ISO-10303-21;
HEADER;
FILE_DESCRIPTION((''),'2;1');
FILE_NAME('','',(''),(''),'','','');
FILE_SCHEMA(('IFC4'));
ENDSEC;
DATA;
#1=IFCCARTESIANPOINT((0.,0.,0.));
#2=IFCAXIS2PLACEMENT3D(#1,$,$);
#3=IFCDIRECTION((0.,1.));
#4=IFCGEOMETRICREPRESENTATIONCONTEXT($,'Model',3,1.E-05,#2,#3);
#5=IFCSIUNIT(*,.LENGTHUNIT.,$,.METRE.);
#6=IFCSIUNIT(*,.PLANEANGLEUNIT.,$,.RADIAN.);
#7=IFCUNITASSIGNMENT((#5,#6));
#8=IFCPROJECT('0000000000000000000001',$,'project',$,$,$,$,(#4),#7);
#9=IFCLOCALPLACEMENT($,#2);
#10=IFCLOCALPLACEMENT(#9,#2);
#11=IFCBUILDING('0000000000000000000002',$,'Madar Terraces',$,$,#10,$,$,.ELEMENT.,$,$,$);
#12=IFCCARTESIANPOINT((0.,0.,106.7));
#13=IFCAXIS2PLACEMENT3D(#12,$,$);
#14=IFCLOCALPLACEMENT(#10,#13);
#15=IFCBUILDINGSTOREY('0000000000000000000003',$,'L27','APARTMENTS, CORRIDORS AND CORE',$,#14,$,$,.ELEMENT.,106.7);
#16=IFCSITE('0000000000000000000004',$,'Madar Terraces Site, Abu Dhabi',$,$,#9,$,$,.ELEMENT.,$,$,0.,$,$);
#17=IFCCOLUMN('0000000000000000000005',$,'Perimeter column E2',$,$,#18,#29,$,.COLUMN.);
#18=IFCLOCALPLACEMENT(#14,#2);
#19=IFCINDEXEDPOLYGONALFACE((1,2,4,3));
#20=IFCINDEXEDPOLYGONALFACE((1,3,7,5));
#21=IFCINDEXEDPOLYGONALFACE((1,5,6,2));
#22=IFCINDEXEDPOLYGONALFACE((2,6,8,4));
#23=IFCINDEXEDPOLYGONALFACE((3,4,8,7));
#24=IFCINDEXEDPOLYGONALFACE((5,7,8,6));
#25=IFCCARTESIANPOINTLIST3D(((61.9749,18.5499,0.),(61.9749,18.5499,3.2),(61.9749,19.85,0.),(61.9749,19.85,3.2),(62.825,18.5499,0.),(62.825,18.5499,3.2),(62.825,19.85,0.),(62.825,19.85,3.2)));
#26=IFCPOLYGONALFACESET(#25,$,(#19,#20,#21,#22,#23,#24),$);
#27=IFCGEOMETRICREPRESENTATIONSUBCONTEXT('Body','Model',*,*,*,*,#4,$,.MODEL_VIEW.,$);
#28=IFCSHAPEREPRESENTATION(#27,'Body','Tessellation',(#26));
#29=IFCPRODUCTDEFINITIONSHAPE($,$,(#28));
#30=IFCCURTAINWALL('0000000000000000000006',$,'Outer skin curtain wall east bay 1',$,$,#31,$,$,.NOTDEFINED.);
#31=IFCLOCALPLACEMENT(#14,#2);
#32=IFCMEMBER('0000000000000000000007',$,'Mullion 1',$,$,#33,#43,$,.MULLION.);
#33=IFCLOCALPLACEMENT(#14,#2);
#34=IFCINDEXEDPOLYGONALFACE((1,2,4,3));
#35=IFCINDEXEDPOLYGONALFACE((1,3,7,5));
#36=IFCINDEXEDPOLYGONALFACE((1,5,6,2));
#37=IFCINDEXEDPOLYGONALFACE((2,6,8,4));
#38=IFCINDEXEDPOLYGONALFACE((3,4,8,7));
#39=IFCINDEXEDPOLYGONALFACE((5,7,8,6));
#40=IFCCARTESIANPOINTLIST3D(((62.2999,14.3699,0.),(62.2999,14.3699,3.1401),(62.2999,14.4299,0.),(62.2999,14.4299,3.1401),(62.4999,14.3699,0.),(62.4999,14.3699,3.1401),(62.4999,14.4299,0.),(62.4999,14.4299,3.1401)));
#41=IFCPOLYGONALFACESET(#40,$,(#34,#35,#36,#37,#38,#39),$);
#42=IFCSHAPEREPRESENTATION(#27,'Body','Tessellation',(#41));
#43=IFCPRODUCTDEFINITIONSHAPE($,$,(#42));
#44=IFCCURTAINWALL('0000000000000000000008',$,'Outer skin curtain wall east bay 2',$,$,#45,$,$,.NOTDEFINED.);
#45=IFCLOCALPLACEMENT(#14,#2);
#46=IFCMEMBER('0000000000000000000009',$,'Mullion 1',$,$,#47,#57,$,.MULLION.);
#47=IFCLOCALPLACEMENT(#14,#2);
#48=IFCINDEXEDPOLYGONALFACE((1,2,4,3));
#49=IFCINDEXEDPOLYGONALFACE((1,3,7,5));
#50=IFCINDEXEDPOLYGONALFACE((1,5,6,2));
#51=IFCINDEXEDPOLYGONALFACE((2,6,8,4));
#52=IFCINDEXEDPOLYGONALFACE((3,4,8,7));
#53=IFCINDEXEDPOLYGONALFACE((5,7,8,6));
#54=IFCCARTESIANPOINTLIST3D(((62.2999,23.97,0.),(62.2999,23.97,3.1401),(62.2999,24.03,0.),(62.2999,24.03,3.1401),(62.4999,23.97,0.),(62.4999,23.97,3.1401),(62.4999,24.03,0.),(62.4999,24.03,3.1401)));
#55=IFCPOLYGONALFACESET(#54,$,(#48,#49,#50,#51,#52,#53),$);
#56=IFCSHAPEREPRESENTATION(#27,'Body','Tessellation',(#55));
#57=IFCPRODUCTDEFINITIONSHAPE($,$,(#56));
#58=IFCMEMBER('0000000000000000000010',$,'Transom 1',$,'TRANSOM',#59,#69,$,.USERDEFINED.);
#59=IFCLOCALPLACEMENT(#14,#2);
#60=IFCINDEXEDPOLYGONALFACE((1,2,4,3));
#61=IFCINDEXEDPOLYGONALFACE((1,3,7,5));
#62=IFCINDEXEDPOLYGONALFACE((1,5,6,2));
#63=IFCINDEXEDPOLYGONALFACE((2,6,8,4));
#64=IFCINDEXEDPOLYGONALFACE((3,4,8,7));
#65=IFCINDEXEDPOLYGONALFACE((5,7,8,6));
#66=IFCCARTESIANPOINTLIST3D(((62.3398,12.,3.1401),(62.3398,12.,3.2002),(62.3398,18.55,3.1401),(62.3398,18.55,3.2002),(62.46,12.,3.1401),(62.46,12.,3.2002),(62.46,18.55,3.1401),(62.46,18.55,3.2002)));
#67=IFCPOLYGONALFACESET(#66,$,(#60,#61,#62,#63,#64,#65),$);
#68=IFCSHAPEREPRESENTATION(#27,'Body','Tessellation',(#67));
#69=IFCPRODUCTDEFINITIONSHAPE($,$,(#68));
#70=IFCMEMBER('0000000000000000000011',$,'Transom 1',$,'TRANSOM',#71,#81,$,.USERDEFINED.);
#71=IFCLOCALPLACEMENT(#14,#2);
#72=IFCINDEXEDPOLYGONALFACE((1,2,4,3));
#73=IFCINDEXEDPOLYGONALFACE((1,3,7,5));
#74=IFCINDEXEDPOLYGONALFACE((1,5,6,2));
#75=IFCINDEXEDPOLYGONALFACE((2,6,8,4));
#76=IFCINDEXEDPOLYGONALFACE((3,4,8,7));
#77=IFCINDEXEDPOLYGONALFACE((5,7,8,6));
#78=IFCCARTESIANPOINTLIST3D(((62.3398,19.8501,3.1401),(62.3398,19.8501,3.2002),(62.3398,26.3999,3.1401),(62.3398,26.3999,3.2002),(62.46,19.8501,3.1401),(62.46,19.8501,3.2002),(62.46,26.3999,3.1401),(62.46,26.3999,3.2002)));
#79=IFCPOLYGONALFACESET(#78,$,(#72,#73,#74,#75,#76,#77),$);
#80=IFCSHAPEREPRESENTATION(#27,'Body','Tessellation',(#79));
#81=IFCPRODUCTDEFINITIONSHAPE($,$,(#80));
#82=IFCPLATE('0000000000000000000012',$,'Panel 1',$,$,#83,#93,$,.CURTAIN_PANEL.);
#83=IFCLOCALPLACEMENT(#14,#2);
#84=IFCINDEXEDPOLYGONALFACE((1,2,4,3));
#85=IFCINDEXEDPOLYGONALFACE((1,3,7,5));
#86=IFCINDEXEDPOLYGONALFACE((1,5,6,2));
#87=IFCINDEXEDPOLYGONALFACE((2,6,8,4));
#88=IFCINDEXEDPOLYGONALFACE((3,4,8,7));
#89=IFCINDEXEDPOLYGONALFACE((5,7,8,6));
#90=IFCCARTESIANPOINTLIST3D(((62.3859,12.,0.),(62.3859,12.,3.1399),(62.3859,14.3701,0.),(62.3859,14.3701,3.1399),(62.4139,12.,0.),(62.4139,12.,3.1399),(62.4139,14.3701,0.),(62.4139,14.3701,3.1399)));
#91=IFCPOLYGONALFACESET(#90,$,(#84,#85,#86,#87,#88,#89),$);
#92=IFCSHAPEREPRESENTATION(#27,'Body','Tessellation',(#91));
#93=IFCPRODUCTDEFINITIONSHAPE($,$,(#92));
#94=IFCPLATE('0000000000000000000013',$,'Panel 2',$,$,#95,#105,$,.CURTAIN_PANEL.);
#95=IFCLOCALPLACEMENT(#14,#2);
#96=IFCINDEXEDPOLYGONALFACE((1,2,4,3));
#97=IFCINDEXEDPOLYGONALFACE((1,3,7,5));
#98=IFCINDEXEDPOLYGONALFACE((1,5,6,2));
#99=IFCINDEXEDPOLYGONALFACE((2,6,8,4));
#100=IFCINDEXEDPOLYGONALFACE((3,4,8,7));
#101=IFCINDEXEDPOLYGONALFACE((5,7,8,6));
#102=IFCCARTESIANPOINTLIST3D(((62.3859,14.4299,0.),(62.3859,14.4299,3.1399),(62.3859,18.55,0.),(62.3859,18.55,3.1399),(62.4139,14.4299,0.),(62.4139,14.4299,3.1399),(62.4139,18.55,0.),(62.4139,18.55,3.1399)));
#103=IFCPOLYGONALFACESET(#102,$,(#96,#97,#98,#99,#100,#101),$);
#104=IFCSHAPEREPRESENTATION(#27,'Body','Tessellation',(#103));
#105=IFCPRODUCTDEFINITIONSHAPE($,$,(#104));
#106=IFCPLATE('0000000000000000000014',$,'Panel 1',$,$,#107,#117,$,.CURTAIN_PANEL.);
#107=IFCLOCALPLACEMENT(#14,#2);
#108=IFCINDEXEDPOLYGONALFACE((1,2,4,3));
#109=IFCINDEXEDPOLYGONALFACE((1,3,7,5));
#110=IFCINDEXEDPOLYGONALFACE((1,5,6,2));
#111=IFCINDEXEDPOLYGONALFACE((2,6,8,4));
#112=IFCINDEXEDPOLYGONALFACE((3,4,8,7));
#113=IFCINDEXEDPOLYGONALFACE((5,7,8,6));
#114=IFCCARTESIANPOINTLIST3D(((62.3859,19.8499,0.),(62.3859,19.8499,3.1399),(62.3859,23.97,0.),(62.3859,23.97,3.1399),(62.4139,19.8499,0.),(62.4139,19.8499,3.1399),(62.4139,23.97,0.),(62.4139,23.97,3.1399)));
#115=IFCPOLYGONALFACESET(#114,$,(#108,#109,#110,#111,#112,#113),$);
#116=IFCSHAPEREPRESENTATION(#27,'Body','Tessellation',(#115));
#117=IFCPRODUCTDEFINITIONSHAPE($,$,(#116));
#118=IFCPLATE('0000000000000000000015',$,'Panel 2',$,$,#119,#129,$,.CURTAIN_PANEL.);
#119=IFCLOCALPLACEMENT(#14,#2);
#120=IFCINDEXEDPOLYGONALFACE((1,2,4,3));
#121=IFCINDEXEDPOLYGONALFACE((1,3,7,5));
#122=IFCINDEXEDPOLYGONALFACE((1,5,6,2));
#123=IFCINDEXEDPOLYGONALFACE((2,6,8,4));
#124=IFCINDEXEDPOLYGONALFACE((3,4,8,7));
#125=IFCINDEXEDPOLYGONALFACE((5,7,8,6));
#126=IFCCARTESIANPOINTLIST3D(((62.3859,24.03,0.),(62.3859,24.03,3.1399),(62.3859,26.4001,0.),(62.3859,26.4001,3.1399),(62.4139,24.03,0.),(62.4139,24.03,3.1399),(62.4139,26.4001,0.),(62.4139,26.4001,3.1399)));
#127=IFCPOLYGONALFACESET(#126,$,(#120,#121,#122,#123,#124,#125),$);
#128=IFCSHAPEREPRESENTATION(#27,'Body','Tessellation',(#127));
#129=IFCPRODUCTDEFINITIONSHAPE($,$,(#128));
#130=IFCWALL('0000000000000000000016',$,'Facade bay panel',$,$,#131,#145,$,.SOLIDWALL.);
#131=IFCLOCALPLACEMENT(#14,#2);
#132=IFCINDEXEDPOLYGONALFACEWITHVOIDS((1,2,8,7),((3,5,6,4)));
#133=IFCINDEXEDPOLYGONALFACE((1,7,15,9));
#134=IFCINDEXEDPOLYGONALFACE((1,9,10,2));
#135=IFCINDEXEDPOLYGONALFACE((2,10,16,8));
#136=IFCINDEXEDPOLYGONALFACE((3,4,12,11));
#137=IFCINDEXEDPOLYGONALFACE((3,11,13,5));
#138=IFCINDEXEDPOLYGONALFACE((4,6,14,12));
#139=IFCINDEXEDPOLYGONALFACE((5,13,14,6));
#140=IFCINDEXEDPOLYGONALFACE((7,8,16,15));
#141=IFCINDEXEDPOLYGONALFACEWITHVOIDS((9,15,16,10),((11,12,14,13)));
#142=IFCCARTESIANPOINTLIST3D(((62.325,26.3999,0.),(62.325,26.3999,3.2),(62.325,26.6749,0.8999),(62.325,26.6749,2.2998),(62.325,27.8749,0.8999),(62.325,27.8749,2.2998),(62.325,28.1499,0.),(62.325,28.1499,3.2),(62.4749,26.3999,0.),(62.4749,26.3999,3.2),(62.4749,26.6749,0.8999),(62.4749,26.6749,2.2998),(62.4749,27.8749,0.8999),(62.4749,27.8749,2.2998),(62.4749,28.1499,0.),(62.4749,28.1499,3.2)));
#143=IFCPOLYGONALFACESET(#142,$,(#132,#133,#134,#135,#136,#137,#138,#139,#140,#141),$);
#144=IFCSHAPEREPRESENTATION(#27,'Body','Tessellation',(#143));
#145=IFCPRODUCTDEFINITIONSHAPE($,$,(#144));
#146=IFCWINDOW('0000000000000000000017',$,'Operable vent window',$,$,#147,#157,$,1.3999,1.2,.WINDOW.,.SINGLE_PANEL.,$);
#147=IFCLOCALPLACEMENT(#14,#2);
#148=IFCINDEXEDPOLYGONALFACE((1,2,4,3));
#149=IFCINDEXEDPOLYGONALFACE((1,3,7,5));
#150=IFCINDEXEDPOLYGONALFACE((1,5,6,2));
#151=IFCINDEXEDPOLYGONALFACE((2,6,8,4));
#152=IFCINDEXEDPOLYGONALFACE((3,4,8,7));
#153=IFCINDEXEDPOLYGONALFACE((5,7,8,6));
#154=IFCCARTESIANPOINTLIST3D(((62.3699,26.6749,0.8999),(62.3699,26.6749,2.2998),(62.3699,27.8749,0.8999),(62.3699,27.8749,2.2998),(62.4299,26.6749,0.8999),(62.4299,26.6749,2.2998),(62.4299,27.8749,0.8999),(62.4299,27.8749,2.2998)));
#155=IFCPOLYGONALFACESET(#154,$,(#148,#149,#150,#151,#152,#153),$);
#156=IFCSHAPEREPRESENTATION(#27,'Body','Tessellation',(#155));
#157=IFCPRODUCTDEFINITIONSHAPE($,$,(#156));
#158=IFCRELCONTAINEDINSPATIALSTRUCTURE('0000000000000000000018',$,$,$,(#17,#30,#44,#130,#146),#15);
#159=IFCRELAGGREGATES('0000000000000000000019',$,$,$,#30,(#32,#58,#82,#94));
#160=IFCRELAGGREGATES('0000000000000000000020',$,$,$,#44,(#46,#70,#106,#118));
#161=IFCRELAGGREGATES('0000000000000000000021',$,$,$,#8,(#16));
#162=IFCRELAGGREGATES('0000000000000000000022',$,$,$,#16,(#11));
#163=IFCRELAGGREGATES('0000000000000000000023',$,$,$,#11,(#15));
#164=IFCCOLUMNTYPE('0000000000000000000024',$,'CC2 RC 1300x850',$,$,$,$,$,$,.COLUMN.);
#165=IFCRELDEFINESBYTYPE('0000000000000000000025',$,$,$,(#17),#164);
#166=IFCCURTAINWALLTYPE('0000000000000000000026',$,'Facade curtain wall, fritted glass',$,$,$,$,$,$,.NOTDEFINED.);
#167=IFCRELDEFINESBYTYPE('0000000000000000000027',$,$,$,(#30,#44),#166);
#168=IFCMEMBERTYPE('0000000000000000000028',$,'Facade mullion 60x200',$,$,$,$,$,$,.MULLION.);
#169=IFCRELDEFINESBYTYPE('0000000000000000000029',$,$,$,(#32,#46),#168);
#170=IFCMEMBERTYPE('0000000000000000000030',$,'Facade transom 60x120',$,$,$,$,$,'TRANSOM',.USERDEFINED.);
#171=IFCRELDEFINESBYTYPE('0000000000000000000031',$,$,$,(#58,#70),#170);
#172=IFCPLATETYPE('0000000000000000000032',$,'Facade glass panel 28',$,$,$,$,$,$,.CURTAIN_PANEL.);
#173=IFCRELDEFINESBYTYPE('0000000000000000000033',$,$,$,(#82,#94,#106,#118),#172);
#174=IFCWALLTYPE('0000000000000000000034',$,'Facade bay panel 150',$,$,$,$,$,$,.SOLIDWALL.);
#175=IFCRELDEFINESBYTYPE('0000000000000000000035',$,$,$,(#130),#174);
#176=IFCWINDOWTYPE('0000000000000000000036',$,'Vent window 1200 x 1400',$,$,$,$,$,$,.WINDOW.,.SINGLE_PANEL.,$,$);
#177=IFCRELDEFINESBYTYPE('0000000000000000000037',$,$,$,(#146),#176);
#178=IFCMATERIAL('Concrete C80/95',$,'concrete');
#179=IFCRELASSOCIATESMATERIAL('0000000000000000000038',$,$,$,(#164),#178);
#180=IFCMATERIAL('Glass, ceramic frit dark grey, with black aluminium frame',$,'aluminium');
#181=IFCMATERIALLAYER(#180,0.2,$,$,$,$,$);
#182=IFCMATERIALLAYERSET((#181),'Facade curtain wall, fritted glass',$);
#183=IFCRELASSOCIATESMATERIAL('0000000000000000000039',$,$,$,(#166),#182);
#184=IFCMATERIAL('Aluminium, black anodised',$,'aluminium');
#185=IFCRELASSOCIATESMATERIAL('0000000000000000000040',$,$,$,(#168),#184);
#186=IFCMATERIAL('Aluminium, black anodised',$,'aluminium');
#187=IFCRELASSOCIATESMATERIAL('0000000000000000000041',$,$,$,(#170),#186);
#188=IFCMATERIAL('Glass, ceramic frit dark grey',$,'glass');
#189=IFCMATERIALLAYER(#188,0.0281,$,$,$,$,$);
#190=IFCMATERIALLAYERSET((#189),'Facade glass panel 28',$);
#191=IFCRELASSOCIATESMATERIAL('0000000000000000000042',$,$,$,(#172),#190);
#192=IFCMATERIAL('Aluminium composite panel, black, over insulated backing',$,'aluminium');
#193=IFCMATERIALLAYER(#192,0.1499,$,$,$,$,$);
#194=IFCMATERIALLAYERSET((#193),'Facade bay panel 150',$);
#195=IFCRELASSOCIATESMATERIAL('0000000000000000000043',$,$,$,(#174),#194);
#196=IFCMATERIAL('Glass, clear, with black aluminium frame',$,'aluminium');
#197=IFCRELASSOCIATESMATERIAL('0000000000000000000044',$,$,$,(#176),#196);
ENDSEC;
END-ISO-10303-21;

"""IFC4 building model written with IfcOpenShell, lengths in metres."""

from ifc_helpers import new_model, si_unit, direction, frame, frame_2d, origin, origin_2d, place, context, subcontext, project, spatial, rectangle, extrude, material, layer, layer_set, material_profile, profile_set, type_object, element, fill, aggregate, save


model = new_model("IFC4")

# Units and contexts
model_context = context("Model", 3, precision=1e-05, world=origin(), true_north=direction((0.0, 1.0)))
body_context = subcontext(model_context, "Body", "Model", "MODEL_VIEW")
ifc_project = project(units=[si_unit("LENGTHUNIT", "METRE"), si_unit("PLANEANGLEUNIT", "RADIAN")], contexts=[model_context])

# Site, building, storey
site_placement = place(None, origin())
site = spatial("IfcSite", under=ifc_project, at=site_placement, Name="Madar Terraces Site, Abu Dhabi", CompositionType="ELEMENT", RefElevation=0.0)
building_placement = place(site_placement, origin())
building = spatial("IfcBuilding", under=site, at=building_placement, Name="Madar Terraces", CompositionType="ELEMENT")
storey_placement = place(building_placement, frame((0.0, 0.0, 106.7)))
storey = spatial("IfcBuildingStorey", under=building, at=storey_placement, Name="L27", Description="APARTMENTS, CORRIDORS AND CORE", CompositionType="ELEMENT", Elevation=106.7)

# Column
ifc_material_1 = material(Name="Concrete C80/95", Category="concrete")
ifc_material_profile_1 = material_profile(ifc_material_1, rectangle(XDim=1.3, YDim=0.8501, at=origin_2d()), Name="CC2 RC 1300x850")
ifc_profile_set_1 = profile_set([ifc_material_profile_1], Name="Concrete C80/95")
column_type = type_object("IfcColumnType", Name="CC2 RC 1300x850", PredefinedType="COLUMN", material=ifc_profile_set_1)
column_placement = place(storey_placement, frame((62.3999, 19.2, 0.0), z_axis=(0.0, 0.0, 1.0), x_axis=(0.0, 1.0, 0.0)))
element("IfcColumn", 1, at=column_placement, inside=storey, type_object=column_type, Name="Perimeter column E2", PredefinedType="COLUMN", context=body_context, shape_type="SweptSolid", body=[
    extrude(rectangle(XDim=1.3, YDim=0.8501, at=origin_2d()), origin(), (0.0, 0.0, 1.0), 3.2),
])

# Curtain walls, members
ifc_material_2 = material(Name="Glass, ceramic frit dark grey, with black aluminium frame", Category="aluminium")
ifc_layer_1 = layer(ifc_material_2, 0.2)
ifc_layer_set_1 = layer_set([ifc_layer_1], Name="Facade curtain wall, fritted glass")
curtain_wall_type = type_object("IfcCurtainWallType", Name="Facade curtain wall, fritted glass", PredefinedType="NOTDEFINED", material=ifc_layer_set_1)
curtain_wall_1_placement = place(storey_placement, origin())
curtain_wall_1 = element("IfcCurtainWall", 2, at=curtain_wall_1_placement, inside=storey, type_object=curtain_wall_type, Name="Outer skin curtain wall east bay 1", PredefinedType="NOTDEFINED")
ifc_material_3 = material(Name="Aluminium, black anodised", Category="aluminium")
ifc_material_profile_2 = material_profile(ifc_material_3, rectangle(XDim=0.2, YDim=0.0601, at=origin_2d()), Name="Facade mullion 60x200")
ifc_profile_set_2 = profile_set([ifc_material_profile_2], Name="Aluminium, black anodised")
member_type_1 = type_object("IfcMemberType", Name="Facade mullion 60x200", PredefinedType="MULLION", material=ifc_profile_set_2)
member_1_placement = place(storey_placement, frame((62.3999, 14.3999, 0.0), z_axis=(0.0, 0.0, 1.0), x_axis=(-1.0, 0.0, 0.0)))
member_1 = element("IfcMember", 3, at=member_1_placement, type_object=member_type_1, Name="Mullion 1", PredefinedType="MULLION", context=body_context, shape_type="SweptSolid", body=[
    extrude(rectangle(XDim=0.2, YDim=0.0601, at=origin_2d()), origin(), (0.0, 0.0, 1.0), 3.1401),
])
curtain_wall_2_placement = place(storey_placement, origin())
curtain_wall_2 = element("IfcCurtainWall", 4, at=curtain_wall_2_placement, inside=storey, type_object=curtain_wall_type, Name="Outer skin curtain wall east bay 2", PredefinedType="NOTDEFINED")
member_2_placement = place(storey_placement, frame((62.3999, 24.0, 0.0), z_axis=(0.0, 0.0, 1.0), x_axis=(-1.0, 0.0, 0.0)))
member_2 = element("IfcMember", 5, at=member_2_placement, type_object=member_type_1, Name="Mullion 1", PredefinedType="MULLION", context=body_context, shape_type="SweptSolid", body=[
    extrude(rectangle(XDim=0.2, YDim=0.0601, at=origin_2d()), origin(), (0.0, 0.0, 1.0), 3.1401),
])

# Members
ifc_material_4 = material(Name="Aluminium, black anodised", Category="aluminium")
ifc_material_profile_3 = material_profile(ifc_material_4, rectangle(XDim=0.1201, YDim=0.0601, at=origin_2d()), Name="Facade transom 60x120")
ifc_profile_set_3 = profile_set([ifc_material_profile_3], Name="Aluminium, black anodised")
member_type_2 = type_object("IfcMemberType", Name="Facade transom 60x120", ElementType="TRANSOM", PredefinedType="USERDEFINED", material=ifc_profile_set_3)
member_3_placement = place(storey_placement, frame((62.3999, 12.0, 3.1702), z_axis=(0.0, 1.0, 0.0), x_axis=(-1.0, 0.0, 0.0)))
member_3 = element("IfcMember", 6, at=member_3_placement, type_object=member_type_2, Name="Transom 1", ObjectType="TRANSOM", PredefinedType="USERDEFINED", context=body_context, shape_type="SweptSolid", body=[
    extrude(rectangle(XDim=0.1201, YDim=0.0601, at=origin_2d()), origin(), (0.0, 0.0, 1.0), 6.55),
])
member_4_placement = place(storey_placement, frame((62.3999, 19.8501, 3.1702), z_axis=(0.0, 1.0, 0.0), x_axis=(-1.0, 0.0, 0.0)))
member_4 = element("IfcMember", 7, at=member_4_placement, type_object=member_type_2, Name="Transom 1", ObjectType="TRANSOM", PredefinedType="USERDEFINED", context=body_context, shape_type="SweptSolid", body=[
    extrude(rectangle(XDim=0.1201, YDim=0.0601, at=origin_2d()), origin(), (0.0, 0.0, 1.0), 6.5498),
])

# Plates
ifc_material_5 = material(Name="Glass, ceramic frit dark grey", Category="glass")
ifc_layer_2 = layer(ifc_material_5, 0.0281)
ifc_layer_set_2 = layer_set([ifc_layer_2], Name="Facade glass panel 28")
plate_type = type_object("IfcPlateType", Name="Facade glass panel 28", PredefinedType="CURTAIN_PANEL", material=ifc_layer_set_2)
plate_1_placement = place(storey_placement, frame((62.3999, 13.1851, 0.0), z_axis=(0.0, 0.0, 1.0), x_axis=(0.0, 1.0, 0.0)))
plate_1 = element("IfcPlate", 8, at=plate_1_placement, type_object=plate_type, Name="Panel 1", PredefinedType="CURTAIN_PANEL", context=body_context, shape_type="SweptSolid", body=[
    extrude(rectangle(XDim=2.3701, YDim=0.0281, at=origin_2d()), origin(), (0.0, 0.0, 1.0), 3.1399),
])
plate_2_placement = place(storey_placement, frame((62.3999, 16.49, 0.0), z_axis=(0.0, 0.0, 1.0), x_axis=(0.0, 1.0, 0.0)))
plate_2 = element("IfcPlate", 9, at=plate_2_placement, type_object=plate_type, Name="Panel 2", PredefinedType="CURTAIN_PANEL", context=body_context, shape_type="SweptSolid", body=[
    extrude(rectangle(XDim=4.1201, YDim=0.0281, at=origin_2d()), origin(), (0.0, 0.0, 1.0), 3.1399),
])
aggregate(curtain_wall_1, [member_1, member_3, plate_1, plate_2])
plate_3_placement = place(storey_placement, frame((62.3999, 21.9099, 0.0), z_axis=(0.0, 0.0, 1.0), x_axis=(0.0, 1.0, 0.0)))
plate_3 = element("IfcPlate", 10, at=plate_3_placement, type_object=plate_type, Name="Panel 1", PredefinedType="CURTAIN_PANEL", context=body_context, shape_type="SweptSolid", body=[
    extrude(rectangle(XDim=4.1201, YDim=0.0281, at=origin_2d()), origin(), (0.0, 0.0, 1.0), 3.1399),
])
plate_4_placement = place(storey_placement, frame((62.3999, 25.2151, 0.0), z_axis=(0.0, 0.0, 1.0), x_axis=(0.0, 1.0, 0.0)))
plate_4 = element("IfcPlate", 11, at=plate_4_placement, type_object=plate_type, Name="Panel 2", PredefinedType="CURTAIN_PANEL", context=body_context, shape_type="SweptSolid", body=[
    extrude(rectangle(XDim=2.3701, YDim=0.0281, at=origin_2d()), origin(), (0.0, 0.0, 1.0), 3.1399),
])
aggregate(curtain_wall_2, [member_2, member_4, plate_3, plate_4])

# Wall, opening, window
ifc_material_6 = material(Name="Aluminium composite panel, black, over insulated backing", Category="aluminium")
ifc_layer_3 = layer(ifc_material_6, 0.1499)
ifc_layer_set_3 = layer_set([ifc_layer_3], Name="Facade bay panel 150")
wall_type_1 = type_object("IfcWallType", Name="Facade bay panel 150", PredefinedType="SOLIDWALL", material=ifc_layer_set_3)
wall_1_placement = place(storey_placement, frame((62.3999, 26.3999, 0.0), z_axis=(0.0, 0.0, 1.0), x_axis=(0.0, 1.0, 0.0)))
wall_1 = element("IfcWall", 12, at=wall_1_placement, inside=storey, type_object=wall_type_1, Name="Facade bay panel", PredefinedType="SOLIDWALL", context=body_context, shape_type="SweptSolid", body=[
    extrude(rectangle(XDim=1.75, YDim=0.1499, at=frame_2d((0.875, 0.0))), origin(), (0.0, 0.0, 1.0), 3.2),
])
opening_1_placement = place(wall_1_placement, frame((0.2749, 0.0, 0.8999)))
opening_1 = element("IfcOpeningElement", 13, at=opening_1_placement, cuts=wall_1, PredefinedType="OPENING", context=body_context, shape_type="SweptSolid", body=[
    extrude(rectangle(XDim=1.2, YDim=1.3999, at=frame_2d((0.6001, 0.7))), frame((0.0, 0.085, 0.0), z_axis=(0.0, -1.0, 0.0), x_axis=(1.0, 0.0, 0.0)), (0.0, 0.0, 1.0), 0.1699),
])
ifc_material_7 = material(Name="Glass, clear, with black aluminium frame", Category="aluminium")
window_type = type_object("IfcWindowType", Name="Vent window 1200 x 1400", PartitioningType="SINGLE_PANEL", PredefinedType="WINDOW", material=ifc_material_7)
window_placement = place(opening_1_placement, origin())
window = element("IfcWindow", 14, at=window_placement, inside=storey, type_object=window_type, Name="Operable vent window", OverallHeight=1.3999, OverallWidth=1.2, PartitioningType="SINGLE_PANEL", PredefinedType="WINDOW", context=body_context, shape_type="SweptSolid", body=[
    extrude(rectangle(XDim=1.2, YDim=1.3999, at=frame_2d((0.6001, 0.7))), frame((0.0, 0.03, 0.0), z_axis=(0.0, -1.0, 0.0), x_axis=(1.0, 0.0, 0.0)), (0.0, 0.0, 1.0), 0.0601),
])
fill(opening_1, window)

save(model, "model.ifc")
